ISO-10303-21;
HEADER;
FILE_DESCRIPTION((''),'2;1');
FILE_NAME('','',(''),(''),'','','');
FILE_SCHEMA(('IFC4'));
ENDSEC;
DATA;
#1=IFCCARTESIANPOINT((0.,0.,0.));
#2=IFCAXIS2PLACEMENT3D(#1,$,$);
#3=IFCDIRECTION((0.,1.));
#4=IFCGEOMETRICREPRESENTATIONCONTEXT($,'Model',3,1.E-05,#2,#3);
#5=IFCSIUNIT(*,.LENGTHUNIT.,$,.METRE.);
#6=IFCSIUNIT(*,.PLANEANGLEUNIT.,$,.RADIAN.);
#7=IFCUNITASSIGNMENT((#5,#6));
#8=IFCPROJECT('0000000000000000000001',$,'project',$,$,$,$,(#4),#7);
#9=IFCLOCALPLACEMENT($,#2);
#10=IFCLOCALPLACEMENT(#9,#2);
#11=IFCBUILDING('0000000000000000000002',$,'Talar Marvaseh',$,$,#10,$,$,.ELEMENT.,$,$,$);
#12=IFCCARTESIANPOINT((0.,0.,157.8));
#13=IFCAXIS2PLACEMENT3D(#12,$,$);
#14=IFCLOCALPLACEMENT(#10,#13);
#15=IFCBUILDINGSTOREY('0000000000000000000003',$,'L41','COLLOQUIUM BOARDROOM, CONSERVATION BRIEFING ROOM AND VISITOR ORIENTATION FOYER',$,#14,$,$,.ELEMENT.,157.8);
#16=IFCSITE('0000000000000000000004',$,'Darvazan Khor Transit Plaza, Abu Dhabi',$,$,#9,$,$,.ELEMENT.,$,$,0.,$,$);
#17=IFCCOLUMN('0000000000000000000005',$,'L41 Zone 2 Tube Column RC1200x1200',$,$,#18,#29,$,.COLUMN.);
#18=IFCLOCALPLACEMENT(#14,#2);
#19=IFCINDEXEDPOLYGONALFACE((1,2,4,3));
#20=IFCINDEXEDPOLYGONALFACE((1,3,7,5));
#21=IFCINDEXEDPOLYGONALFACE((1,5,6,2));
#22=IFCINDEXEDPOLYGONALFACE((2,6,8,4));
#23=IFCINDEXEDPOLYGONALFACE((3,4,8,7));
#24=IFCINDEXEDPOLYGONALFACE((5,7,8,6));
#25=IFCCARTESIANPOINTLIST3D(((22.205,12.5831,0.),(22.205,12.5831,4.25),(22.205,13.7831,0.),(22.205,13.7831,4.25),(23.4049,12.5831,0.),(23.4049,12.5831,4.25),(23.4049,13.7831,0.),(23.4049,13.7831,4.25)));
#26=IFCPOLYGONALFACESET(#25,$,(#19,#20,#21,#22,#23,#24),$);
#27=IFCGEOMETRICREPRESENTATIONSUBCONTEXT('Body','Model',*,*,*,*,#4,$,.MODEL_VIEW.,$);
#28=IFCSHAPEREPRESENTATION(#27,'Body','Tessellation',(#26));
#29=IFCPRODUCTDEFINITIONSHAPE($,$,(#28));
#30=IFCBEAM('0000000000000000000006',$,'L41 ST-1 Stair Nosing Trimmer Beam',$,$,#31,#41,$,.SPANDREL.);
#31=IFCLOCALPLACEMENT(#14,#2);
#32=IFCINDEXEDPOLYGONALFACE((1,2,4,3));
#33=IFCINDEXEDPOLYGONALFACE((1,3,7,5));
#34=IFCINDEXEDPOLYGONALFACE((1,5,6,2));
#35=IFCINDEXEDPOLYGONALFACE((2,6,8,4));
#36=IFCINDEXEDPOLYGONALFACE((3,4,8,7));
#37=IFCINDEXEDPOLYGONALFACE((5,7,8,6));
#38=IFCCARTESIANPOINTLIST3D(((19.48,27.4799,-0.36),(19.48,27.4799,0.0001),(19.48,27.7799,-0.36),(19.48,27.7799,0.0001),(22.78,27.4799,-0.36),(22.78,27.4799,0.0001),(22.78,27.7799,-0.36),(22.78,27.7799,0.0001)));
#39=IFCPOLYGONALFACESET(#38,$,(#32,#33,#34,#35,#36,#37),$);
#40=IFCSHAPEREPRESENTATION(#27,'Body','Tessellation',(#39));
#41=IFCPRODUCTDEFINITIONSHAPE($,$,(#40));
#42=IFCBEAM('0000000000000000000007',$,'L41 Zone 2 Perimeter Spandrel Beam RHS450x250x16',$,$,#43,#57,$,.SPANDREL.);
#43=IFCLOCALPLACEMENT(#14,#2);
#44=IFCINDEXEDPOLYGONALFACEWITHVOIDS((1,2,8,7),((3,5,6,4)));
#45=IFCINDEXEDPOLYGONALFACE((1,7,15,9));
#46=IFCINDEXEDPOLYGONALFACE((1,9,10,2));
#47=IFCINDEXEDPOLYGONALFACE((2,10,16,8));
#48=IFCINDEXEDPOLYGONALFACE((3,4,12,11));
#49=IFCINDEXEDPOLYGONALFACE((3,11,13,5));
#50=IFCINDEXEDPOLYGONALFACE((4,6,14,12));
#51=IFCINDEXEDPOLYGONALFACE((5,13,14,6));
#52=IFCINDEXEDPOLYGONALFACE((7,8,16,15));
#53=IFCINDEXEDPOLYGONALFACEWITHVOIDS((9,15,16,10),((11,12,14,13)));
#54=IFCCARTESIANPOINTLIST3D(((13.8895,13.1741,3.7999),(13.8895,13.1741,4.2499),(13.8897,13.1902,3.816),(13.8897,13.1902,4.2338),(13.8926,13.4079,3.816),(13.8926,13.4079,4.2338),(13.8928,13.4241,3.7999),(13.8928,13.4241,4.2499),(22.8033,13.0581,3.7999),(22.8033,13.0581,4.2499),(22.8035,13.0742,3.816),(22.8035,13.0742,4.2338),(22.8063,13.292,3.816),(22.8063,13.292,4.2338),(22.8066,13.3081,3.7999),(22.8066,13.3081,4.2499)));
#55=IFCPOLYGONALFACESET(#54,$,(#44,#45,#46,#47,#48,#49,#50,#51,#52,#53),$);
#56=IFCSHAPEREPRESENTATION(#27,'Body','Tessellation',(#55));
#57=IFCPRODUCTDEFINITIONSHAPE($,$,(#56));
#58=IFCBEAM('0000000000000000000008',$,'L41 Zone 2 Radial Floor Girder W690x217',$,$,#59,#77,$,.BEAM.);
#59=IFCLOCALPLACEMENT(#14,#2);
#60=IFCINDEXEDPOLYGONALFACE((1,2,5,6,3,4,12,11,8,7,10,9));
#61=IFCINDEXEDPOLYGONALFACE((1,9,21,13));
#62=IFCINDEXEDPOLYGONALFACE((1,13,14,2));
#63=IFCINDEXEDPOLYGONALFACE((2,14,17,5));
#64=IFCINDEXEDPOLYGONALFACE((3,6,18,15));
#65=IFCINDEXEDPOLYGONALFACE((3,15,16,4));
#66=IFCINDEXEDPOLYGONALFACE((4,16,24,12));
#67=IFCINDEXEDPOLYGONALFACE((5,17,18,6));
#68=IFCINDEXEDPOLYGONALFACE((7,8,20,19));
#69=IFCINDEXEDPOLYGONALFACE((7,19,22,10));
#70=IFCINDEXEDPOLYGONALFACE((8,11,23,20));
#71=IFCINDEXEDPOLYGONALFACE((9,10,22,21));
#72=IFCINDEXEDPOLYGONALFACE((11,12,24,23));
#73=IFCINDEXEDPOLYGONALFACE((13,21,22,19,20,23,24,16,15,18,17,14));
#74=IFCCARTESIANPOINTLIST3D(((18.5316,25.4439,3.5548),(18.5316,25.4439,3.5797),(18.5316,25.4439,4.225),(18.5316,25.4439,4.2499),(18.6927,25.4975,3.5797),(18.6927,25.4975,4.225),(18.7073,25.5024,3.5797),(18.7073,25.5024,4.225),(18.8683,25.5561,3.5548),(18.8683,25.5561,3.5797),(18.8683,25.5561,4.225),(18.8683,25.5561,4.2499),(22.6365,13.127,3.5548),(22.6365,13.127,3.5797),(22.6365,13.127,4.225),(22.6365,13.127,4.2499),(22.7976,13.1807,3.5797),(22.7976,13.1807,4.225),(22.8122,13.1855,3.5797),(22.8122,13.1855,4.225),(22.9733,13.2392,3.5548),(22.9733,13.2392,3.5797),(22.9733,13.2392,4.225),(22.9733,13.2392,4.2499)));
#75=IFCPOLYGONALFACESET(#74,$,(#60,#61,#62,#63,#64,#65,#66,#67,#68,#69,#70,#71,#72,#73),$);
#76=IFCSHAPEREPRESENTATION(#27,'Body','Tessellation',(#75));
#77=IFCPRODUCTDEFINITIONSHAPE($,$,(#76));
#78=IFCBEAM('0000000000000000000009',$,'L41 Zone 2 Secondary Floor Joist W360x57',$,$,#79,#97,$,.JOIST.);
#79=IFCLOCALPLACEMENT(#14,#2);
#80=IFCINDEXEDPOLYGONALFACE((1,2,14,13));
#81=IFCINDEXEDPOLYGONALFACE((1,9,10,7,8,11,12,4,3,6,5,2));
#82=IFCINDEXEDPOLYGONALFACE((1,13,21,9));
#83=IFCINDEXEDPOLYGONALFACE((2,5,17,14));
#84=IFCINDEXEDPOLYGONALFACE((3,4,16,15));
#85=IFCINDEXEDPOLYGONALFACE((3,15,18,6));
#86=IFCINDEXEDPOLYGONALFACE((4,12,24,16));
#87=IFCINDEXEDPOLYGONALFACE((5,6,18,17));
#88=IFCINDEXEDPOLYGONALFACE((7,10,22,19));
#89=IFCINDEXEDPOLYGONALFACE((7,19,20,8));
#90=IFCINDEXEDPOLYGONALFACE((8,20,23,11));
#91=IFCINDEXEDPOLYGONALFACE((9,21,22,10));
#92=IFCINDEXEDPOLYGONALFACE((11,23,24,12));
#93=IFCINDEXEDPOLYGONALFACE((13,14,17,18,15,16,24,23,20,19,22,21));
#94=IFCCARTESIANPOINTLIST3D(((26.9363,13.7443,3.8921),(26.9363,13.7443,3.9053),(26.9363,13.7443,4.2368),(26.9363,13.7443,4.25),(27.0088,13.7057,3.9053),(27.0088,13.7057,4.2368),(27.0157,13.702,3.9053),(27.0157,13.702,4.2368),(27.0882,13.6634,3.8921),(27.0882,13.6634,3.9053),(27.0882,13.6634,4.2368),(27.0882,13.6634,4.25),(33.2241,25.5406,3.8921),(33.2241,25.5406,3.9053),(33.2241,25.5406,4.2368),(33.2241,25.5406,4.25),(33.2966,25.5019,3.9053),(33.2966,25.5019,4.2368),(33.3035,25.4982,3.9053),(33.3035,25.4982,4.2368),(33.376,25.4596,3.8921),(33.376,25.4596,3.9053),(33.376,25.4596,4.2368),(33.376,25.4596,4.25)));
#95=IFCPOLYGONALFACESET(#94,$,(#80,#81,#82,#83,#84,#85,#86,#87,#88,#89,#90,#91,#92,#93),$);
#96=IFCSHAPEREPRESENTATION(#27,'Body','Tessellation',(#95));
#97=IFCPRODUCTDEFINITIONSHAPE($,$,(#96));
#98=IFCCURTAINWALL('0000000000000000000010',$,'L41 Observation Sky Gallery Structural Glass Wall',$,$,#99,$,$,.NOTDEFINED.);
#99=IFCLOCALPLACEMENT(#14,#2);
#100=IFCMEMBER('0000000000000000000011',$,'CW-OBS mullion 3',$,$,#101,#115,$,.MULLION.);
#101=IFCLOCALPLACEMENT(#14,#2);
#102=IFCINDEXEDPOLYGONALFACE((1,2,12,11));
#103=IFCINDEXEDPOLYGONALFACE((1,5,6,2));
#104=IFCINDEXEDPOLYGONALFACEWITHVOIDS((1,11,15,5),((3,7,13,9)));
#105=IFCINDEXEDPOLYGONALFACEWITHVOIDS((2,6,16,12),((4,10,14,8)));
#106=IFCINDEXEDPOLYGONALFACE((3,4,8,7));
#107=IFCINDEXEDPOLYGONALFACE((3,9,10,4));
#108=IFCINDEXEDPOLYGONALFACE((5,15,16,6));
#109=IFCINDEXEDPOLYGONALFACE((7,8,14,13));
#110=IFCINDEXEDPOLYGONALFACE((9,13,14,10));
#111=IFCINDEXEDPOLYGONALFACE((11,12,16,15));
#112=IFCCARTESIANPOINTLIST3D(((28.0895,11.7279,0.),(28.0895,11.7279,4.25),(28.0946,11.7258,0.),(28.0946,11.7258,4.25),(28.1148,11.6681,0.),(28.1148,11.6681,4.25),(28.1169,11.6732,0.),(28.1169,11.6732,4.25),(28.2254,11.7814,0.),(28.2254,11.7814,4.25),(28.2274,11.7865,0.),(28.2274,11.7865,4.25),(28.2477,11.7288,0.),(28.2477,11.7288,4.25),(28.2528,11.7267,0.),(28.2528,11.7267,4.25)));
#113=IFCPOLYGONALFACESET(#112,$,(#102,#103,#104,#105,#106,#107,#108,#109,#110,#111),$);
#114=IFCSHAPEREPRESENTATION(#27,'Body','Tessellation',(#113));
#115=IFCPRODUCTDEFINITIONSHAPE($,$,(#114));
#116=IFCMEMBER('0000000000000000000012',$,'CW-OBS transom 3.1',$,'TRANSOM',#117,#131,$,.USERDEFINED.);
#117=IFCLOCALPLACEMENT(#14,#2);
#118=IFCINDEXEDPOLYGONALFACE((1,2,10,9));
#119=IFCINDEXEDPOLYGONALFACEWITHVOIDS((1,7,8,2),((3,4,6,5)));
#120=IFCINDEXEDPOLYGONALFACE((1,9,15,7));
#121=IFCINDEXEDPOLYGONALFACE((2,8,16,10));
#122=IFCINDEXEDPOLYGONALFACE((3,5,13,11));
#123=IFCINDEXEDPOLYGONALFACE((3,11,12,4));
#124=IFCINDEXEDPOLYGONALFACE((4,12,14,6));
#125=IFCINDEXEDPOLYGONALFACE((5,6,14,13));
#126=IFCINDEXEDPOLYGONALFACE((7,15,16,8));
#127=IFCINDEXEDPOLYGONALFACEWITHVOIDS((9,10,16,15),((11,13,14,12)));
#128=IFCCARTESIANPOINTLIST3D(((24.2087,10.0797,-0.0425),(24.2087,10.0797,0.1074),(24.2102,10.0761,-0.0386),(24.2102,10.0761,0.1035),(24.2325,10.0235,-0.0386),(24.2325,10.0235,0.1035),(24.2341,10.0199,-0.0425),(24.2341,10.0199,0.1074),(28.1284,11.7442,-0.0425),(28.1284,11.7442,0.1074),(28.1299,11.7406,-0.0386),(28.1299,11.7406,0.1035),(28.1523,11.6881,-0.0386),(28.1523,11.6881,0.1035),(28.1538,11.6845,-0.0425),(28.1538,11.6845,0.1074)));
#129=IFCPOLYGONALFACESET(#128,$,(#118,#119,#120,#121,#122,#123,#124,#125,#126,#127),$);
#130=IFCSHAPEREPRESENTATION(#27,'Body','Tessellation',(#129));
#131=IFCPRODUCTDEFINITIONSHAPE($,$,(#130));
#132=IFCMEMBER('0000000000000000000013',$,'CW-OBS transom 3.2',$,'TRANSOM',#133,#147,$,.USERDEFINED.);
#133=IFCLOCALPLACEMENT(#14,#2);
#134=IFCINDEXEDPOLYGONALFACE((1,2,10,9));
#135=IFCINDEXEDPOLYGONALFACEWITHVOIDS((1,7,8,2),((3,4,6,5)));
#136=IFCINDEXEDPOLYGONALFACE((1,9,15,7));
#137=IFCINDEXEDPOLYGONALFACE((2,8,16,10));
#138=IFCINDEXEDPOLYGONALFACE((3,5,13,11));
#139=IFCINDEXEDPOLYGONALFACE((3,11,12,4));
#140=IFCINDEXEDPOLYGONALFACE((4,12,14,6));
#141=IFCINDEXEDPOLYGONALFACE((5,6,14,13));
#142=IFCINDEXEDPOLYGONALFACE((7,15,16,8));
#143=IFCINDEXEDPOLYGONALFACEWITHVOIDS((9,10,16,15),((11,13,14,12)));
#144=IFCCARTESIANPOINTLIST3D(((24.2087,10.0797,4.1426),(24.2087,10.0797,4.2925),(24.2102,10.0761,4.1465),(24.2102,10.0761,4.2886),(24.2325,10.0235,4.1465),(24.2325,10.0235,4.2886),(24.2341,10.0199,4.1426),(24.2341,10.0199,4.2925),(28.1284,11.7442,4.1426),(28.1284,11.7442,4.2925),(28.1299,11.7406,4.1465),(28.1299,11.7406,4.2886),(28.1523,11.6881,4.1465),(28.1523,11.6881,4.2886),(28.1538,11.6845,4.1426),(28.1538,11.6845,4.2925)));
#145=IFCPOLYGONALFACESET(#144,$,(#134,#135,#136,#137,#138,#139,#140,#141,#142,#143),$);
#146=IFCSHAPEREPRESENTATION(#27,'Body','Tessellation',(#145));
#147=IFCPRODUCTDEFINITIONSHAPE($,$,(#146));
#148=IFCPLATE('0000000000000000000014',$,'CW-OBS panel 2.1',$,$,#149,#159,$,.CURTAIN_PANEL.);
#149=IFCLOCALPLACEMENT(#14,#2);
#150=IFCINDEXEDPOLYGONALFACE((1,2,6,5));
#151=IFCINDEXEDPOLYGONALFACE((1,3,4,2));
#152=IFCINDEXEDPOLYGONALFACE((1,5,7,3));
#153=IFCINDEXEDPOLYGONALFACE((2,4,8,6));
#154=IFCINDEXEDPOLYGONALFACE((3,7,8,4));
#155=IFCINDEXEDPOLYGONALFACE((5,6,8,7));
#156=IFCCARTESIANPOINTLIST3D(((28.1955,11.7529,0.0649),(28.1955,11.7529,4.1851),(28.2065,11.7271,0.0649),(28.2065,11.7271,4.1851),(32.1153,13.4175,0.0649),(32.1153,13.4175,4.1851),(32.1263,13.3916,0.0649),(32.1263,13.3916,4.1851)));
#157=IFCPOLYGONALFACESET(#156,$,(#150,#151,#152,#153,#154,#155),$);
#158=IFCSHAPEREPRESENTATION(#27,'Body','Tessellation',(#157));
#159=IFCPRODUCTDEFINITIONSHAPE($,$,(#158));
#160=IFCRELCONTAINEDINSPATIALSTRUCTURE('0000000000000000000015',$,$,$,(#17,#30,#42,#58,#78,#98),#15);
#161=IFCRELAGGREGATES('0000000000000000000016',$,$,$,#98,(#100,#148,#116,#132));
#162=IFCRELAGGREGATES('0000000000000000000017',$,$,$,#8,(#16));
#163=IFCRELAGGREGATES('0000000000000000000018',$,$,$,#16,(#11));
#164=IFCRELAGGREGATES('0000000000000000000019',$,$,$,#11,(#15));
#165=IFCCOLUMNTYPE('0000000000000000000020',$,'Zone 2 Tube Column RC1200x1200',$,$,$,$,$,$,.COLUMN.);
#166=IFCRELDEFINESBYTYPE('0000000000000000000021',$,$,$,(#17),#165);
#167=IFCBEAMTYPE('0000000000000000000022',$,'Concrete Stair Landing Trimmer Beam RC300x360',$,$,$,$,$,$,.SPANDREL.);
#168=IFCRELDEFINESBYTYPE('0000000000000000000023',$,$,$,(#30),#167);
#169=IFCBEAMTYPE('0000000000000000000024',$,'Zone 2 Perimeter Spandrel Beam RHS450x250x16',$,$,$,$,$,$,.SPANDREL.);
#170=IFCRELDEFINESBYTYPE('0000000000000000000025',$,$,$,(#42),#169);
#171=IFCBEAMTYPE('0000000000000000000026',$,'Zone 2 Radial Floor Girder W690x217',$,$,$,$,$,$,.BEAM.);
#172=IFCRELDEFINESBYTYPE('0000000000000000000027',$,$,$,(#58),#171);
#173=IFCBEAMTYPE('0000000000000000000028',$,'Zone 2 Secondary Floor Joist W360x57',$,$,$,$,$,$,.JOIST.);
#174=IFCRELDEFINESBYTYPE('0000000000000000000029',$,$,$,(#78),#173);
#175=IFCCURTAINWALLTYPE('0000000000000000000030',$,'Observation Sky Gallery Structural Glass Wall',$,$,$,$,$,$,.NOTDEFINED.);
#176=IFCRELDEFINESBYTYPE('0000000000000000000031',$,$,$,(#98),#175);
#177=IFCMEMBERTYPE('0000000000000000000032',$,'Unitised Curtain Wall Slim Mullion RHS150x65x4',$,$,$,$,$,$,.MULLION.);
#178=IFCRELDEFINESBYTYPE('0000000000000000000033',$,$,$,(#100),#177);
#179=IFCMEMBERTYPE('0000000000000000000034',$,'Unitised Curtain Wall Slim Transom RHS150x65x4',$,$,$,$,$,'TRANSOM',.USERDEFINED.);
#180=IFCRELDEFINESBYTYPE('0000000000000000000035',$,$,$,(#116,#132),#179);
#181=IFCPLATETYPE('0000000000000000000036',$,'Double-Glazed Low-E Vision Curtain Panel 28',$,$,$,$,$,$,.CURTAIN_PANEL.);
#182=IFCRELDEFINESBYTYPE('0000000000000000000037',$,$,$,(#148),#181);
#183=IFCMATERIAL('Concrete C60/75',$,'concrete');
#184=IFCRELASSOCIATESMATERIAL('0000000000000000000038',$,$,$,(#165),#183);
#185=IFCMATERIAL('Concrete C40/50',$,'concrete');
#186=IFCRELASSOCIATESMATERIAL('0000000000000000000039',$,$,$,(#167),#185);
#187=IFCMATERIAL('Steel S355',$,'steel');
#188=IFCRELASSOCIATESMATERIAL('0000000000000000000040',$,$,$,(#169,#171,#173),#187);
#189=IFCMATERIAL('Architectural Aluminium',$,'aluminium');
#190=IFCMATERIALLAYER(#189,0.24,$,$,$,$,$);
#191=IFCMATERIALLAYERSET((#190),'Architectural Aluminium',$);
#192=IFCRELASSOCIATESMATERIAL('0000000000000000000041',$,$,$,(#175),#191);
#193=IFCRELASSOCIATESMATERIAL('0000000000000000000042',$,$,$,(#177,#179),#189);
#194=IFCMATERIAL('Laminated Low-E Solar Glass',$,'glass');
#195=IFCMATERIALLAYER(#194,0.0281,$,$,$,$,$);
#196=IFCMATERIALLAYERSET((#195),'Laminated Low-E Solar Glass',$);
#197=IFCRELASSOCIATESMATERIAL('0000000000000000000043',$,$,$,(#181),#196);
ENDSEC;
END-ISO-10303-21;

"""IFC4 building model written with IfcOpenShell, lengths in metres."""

from ifc_helpers import new_model, si_unit, direction, frame, origin, origin_2d, place, context, subcontext, project, spatial, rectangle, hollow_rectangle, i_section, extrude, source, transform, mapped, material, layer, layer_set, material_profile, profile_set, type_object, type_shapes, element, aggregate, save


model = new_model("IFC4")

# Units and contexts
model_context = context("Model", 3, precision=1e-05, world=origin(), true_north=direction((0.0, 1.0)))
body_context = subcontext(model_context, "Body", "Model", "MODEL_VIEW")
ifc_project = project(units=[si_unit("LENGTHUNIT", "METRE"), si_unit("PLANEANGLEUNIT", "RADIAN")], contexts=[model_context])

# Site, building, storey
site_placement = place(None, origin())
site = spatial("IfcSite", under=ifc_project, at=site_placement, Name="Darvazan Khor Transit Plaza, Abu Dhabi", CompositionType="ELEMENT", RefElevation=0.0)
building_placement = place(site_placement, origin())
building = spatial("IfcBuilding", under=site, at=building_placement, Name="Talar Marvaseh", CompositionType="ELEMENT")
storey_placement = place(building_placement, frame((0.0, 0.0, 157.8)))
storey = spatial("IfcBuildingStorey", under=building, at=storey_placement, Name="L41", Description="COLLOQUIUM BOARDROOM, CONSERVATION BRIEFING ROOM AND VISITOR ORIENTATION FOYER", CompositionType="ELEMENT", Elevation=157.8)

# Column
ifc_material_1 = material(Name="Concrete C60/75", Category="concrete")
ifc_material_profile_1 = material_profile(ifc_material_1, rectangle(XDim=1.2, YDim=1.2, at=origin_2d()), Name="RC1200x1200")
ifc_profile_set_1 = profile_set([ifc_material_profile_1], Name="Concrete C60/75")
column_type = type_object("IfcColumnType", Name="Zone 2 Tube Column RC1200x1200", PredefinedType="COLUMN", material=ifc_profile_set_1)
column_placement = place(storey_placement, frame((22.8049, 13.1831, 0.0), z_axis=(0.0, 0.0, 1.0), x_axis=(1.0, 0.0, 0.0)))
element("IfcColumn", 1, at=column_placement, inside=storey, type_object=column_type, Name="L41 Zone 2 Tube Column RC1200x1200", PredefinedType="COLUMN", context=body_context, shape_type="SweptSolid", body=[
    extrude(rectangle(XDim=1.2, YDim=1.2, at=origin_2d()), origin(), (0.0, 0.0, 1.0), 4.25),
])

# Beams
ifc_material_2 = material(Name="Concrete C40/50", Category="concrete")
ifc_material_profile_2 = material_profile(ifc_material_2, rectangle(XDim=0.3, YDim=0.3601, at=origin_2d()), Name="RC300x360")
ifc_profile_set_2 = profile_set([ifc_material_profile_2], Name="Concrete C40/50")
beam_type_1 = type_object("IfcBeamType", Name="Concrete Stair Landing Trimmer Beam RC300x360", PredefinedType="SPANDREL", material=ifc_profile_set_2)
beam_1_placement = place(storey_placement, frame((22.78, 27.6299, -0.1799), z_axis=(-1.0, 0.0, 0.0), x_axis=(0.0, -1.0, 0.0)))
element("IfcBeam", 2, at=beam_1_placement, inside=storey, type_object=beam_type_1, Name="L41 ST-1 Stair Nosing Trimmer Beam", PredefinedType="SPANDREL", context=body_context, shape_type="SweptSolid", body=[
    extrude(rectangle(XDim=0.3, YDim=0.3601, at=origin_2d()), origin(), (0.0, 0.0, 1.0), 3.3),
])
ifc_material_3 = material(Name="Steel S355", Category="steel")
ifc_material_profile_3 = material_profile(ifc_material_3, hollow_rectangle(XDim=0.25, YDim=0.45, WallThickness=0.0161, at=origin_2d()), Name="RHS450x250x16")
ifc_profile_set_3 = profile_set([ifc_material_profile_3], Name="Steel S355")
beam_type_2 = type_object("IfcBeamType", Name="Zone 2 Perimeter Spandrel Beam RHS450x250x16", PredefinedType="SPANDREL", material=ifc_profile_set_3)
beam_2_placement = place(storey_placement, frame((22.8049, 13.1831, 4.0249), z_axis=(-0.999915, 0.013009, 0.0), x_axis=(-0.013009, -0.999915, 0.0)))
element("IfcBeam", 3, at=beam_2_placement, inside=storey, type_object=beam_type_2, Name="L41 Zone 2 Perimeter Spandrel Beam RHS450x250x16", PredefinedType="SPANDREL", context=body_context, shape_type="SweptSolid", body=[
    extrude(hollow_rectangle(XDim=0.25, YDim=0.45, WallThickness=0.0161, at=origin_2d()), origin(), (0.0, 0.0, 1.0), 8.9146),
])
ifc_material_profile_4 = material_profile(ifc_material_3, i_section(OverallWidth=0.355, OverallDepth=0.6951, WebThickness=0.0154, FlangeThickness=0.0249, at=origin_2d()), Name="W690x217")
ifc_profile_set_4 = profile_set([ifc_material_profile_4], Name="Steel S355")
beam_type_3 = type_object("IfcBeamType", Name="Zone 2 Radial Floor Girder W690x217", PredefinedType="BEAM", material=ifc_profile_set_4)
beam_3_placement = place(storey_placement, frame((22.8049, 13.1831, 3.9023), z_axis=(-0.316183, 0.948698, 0.0), x_axis=(-0.948698, -0.316183, 0.0)))
element("IfcBeam", 4, at=beam_3_placement, inside=storey, type_object=beam_type_3, Name="L41 Zone 2 Radial Floor Girder W690x217", PredefinedType="BEAM", context=body_context, shape_type="SweptSolid", body=[
    extrude(i_section(OverallWidth=0.355, OverallDepth=0.6951, WebThickness=0.0154, FlangeThickness=0.0249, at=origin_2d()), origin(), (0.0, 0.0, 1.0), 12.9829),
])
ifc_material_profile_5 = material_profile(ifc_material_3, i_section(OverallWidth=0.1721, OverallDepth=0.3579, WebThickness=0.0078, FlangeThickness=0.0132, at=origin_2d()), Name="W360x57")
ifc_profile_set_5 = profile_set([ifc_material_profile_5], Name="Steel S355")
beam_type_4 = type_object("IfcBeamType", Name="Zone 2 Secondary Floor Joist W360x57", PredefinedType="JOIST", material=ifc_profile_set_5)
beam_4_placement = place(storey_placement, frame((27.0122, 13.7039, 4.071), z_axis=(0.470388, 0.88246, 0.0), x_axis=(-0.88246, 0.470388, 0.0)))
element("IfcBeam", 5, at=beam_4_placement, inside=storey, type_object=beam_type_4, Name="L41 Zone 2 Secondary Floor Joist W360x57", PredefinedType="JOIST", context=body_context, shape_type="SweptSolid", body=[
    extrude(i_section(OverallWidth=0.1721, OverallDepth=0.3579, WebThickness=0.0078, FlangeThickness=0.0132, at=origin_2d()), origin(), (0.0, 0.0, 1.0), 13.3674),
])

# Curtain wall, members, plate
ifc_material_4 = material(Name="Architectural Aluminium", Category="aluminium")
ifc_layer_1 = layer(ifc_material_4, 0.24)
ifc_layer_set_1 = layer_set([ifc_layer_1], Name="Architectural Aluminium")
curtain_wall_type = type_object("IfcCurtainWallType", Name="Observation Sky Gallery Structural Glass Wall", PredefinedType="NOTDEFINED", material=ifc_layer_set_1)
curtain_wall_placement = place(storey_placement, origin())
curtain_wall = element("IfcCurtainWall", 6, at=curtain_wall_placement, inside=storey, type_object=curtain_wall_type, Name="L41 Observation Sky Gallery Structural Glass Wall", PredefinedType="NOTDEFINED")
ifc_material_profile_6 = material_profile(ifc_material_4, hollow_rectangle(XDim=0.0649, YDim=0.1499, WallThickness=0.0039, at=origin_2d()), Name="RHS150x65x4")
ifc_profile_set_6 = profile_set([ifc_material_profile_6], Name="Architectural Aluminium")
member_type_1 = type_object("IfcMemberType", Name="Unitised Curtain Wall Slim Mullion RHS150x65x4", PredefinedType="MULLION", material=ifc_profile_set_6)
shared_shape_1 = source(origin(), body_context, "Body", "SweptSolid", [
    extrude(hollow_rectangle(XDim=0.0649, YDim=0.1499, WallThickness=0.0039, at=origin_2d()), origin(), (0.0, 0.0, 1.0), 4.25),
])
type_shapes(member_type_1, [shared_shape_1])
member_1_placement = place(storey_placement, frame((28.1711, 11.7273, 0.0), z_axis=(0.0, 0.0, 1.0), x_axis=(0.390874, -0.920444, 0.0)))
member_1 = element("IfcMember", 7, at=member_1_placement, type_object=member_type_1, Name="CW-OBS mullion 3", PredefinedType="MULLION", context=body_context, shape_type="MappedRepresentation", body=[
    mapped(shared_shape_1, transform((0.0, 0.0, 0.0), x_axis=(1.0, 0.0, 0.0), y_axis=(0.0, 1.0, 0.0), z_axis=(0.0, 0.0, 1.0), scale=1.0)),
])
ifc_material_profile_7 = material_profile(ifc_material_4, hollow_rectangle(XDim=0.0649, YDim=0.1499, WallThickness=0.0039, at=origin_2d()), Name="RHS150x65x4")
ifc_profile_set_7 = profile_set([ifc_material_profile_7], Name="Architectural Aluminium")
member_type_2 = type_object("IfcMemberType", Name="Unitised Curtain Wall Slim Transom RHS150x65x4", ElementType="TRANSOM", PredefinedType="USERDEFINED", material=ifc_profile_set_7)
shared_shape_2 = source(origin(), body_context, "Body", "SweptSolid", [
    extrude(hollow_rectangle(XDim=0.0649, YDim=0.1499, WallThickness=0.0039, at=origin_2d()), origin(), (0.0, 0.0, 1.0), 4.2585),
])
type_shapes(member_type_2, [shared_shape_2])
member_2_placement = place(storey_placement, frame((28.1411, 11.7144, 0.0325), z_axis=(-0.920442, -0.39088, 0.0), x_axis=(0.39088, -0.920442, 0.0)))
member_2 = element("IfcMember", 8, at=member_2_placement, type_object=member_type_2, Name="CW-OBS transom 3.1", ObjectType="TRANSOM", PredefinedType="USERDEFINED", context=body_context, shape_type="MappedRepresentation", body=[
    mapped(shared_shape_2, transform((0.0, 0.0, 0.0), x_axis=(1.0, 0.0, 0.0), y_axis=(0.0, 1.0, 0.0), z_axis=(0.0, 0.0, 1.0), scale=1.0)),
])
member_3_placement = place(storey_placement, frame((28.1411, 11.7144, 4.2175), z_axis=(-0.920442, -0.39088, 0.0), x_axis=(0.39088, -0.920442, 0.0)))
member_3 = element("IfcMember", 9, at=member_3_placement, type_object=member_type_2, Name="CW-OBS transom 3.2", ObjectType="TRANSOM", PredefinedType="USERDEFINED", context=body_context, shape_type="MappedRepresentation", body=[
    mapped(shared_shape_2, transform((0.0, 0.0, 0.0), x_axis=(1.0, 0.0, 0.0), y_axis=(0.0, 1.0, 0.0), z_axis=(0.0, 0.0, 1.0), scale=1.0)),
])
ifc_material_5 = material(Name="Laminated Low-E Solar Glass", Category="glass")
ifc_layer_2 = layer(ifc_material_5, 0.0281)
ifc_layer_set_2 = layer_set([ifc_layer_2], Name="Laminated Low-E Solar Glass")
plate_type = type_object("IfcPlateType", Name="Double-Glazed Low-E Vision Curtain Panel 28", PredefinedType="CURTAIN_PANEL", material=ifc_layer_set_2)
shared_shape_3 = source(origin(), body_context, "Body", "SweptSolid", [
    extrude(rectangle(XDim=4.2585, YDim=0.0281, at=origin_2d()), origin(), (0.0, 0.0, 1.0), 4.1201),
])
type_shapes(plate_type, [shared_shape_3])
plate_placement = place(storey_placement, frame((30.1609, 12.5723, 0.0649), z_axis=(0.0, 0.0, 1.0), x_axis=(-0.920444, -0.390874, 0.0)))
plate = element("IfcPlate", 10, at=plate_placement, type_object=plate_type, Name="CW-OBS panel 2.1", PredefinedType="CURTAIN_PANEL", context=body_context, shape_type="MappedRepresentation", body=[
    mapped(shared_shape_3, transform((0.0, 0.0, 0.0), x_axis=(1.0, 0.0, 0.0), y_axis=(0.0, 1.0, 0.0), z_axis=(0.0, 0.0, 1.0), scale=1.0)),
])
aggregate(curtain_wall, [member_1, plate, member_2, member_3])

save(model, "model.ifc")
